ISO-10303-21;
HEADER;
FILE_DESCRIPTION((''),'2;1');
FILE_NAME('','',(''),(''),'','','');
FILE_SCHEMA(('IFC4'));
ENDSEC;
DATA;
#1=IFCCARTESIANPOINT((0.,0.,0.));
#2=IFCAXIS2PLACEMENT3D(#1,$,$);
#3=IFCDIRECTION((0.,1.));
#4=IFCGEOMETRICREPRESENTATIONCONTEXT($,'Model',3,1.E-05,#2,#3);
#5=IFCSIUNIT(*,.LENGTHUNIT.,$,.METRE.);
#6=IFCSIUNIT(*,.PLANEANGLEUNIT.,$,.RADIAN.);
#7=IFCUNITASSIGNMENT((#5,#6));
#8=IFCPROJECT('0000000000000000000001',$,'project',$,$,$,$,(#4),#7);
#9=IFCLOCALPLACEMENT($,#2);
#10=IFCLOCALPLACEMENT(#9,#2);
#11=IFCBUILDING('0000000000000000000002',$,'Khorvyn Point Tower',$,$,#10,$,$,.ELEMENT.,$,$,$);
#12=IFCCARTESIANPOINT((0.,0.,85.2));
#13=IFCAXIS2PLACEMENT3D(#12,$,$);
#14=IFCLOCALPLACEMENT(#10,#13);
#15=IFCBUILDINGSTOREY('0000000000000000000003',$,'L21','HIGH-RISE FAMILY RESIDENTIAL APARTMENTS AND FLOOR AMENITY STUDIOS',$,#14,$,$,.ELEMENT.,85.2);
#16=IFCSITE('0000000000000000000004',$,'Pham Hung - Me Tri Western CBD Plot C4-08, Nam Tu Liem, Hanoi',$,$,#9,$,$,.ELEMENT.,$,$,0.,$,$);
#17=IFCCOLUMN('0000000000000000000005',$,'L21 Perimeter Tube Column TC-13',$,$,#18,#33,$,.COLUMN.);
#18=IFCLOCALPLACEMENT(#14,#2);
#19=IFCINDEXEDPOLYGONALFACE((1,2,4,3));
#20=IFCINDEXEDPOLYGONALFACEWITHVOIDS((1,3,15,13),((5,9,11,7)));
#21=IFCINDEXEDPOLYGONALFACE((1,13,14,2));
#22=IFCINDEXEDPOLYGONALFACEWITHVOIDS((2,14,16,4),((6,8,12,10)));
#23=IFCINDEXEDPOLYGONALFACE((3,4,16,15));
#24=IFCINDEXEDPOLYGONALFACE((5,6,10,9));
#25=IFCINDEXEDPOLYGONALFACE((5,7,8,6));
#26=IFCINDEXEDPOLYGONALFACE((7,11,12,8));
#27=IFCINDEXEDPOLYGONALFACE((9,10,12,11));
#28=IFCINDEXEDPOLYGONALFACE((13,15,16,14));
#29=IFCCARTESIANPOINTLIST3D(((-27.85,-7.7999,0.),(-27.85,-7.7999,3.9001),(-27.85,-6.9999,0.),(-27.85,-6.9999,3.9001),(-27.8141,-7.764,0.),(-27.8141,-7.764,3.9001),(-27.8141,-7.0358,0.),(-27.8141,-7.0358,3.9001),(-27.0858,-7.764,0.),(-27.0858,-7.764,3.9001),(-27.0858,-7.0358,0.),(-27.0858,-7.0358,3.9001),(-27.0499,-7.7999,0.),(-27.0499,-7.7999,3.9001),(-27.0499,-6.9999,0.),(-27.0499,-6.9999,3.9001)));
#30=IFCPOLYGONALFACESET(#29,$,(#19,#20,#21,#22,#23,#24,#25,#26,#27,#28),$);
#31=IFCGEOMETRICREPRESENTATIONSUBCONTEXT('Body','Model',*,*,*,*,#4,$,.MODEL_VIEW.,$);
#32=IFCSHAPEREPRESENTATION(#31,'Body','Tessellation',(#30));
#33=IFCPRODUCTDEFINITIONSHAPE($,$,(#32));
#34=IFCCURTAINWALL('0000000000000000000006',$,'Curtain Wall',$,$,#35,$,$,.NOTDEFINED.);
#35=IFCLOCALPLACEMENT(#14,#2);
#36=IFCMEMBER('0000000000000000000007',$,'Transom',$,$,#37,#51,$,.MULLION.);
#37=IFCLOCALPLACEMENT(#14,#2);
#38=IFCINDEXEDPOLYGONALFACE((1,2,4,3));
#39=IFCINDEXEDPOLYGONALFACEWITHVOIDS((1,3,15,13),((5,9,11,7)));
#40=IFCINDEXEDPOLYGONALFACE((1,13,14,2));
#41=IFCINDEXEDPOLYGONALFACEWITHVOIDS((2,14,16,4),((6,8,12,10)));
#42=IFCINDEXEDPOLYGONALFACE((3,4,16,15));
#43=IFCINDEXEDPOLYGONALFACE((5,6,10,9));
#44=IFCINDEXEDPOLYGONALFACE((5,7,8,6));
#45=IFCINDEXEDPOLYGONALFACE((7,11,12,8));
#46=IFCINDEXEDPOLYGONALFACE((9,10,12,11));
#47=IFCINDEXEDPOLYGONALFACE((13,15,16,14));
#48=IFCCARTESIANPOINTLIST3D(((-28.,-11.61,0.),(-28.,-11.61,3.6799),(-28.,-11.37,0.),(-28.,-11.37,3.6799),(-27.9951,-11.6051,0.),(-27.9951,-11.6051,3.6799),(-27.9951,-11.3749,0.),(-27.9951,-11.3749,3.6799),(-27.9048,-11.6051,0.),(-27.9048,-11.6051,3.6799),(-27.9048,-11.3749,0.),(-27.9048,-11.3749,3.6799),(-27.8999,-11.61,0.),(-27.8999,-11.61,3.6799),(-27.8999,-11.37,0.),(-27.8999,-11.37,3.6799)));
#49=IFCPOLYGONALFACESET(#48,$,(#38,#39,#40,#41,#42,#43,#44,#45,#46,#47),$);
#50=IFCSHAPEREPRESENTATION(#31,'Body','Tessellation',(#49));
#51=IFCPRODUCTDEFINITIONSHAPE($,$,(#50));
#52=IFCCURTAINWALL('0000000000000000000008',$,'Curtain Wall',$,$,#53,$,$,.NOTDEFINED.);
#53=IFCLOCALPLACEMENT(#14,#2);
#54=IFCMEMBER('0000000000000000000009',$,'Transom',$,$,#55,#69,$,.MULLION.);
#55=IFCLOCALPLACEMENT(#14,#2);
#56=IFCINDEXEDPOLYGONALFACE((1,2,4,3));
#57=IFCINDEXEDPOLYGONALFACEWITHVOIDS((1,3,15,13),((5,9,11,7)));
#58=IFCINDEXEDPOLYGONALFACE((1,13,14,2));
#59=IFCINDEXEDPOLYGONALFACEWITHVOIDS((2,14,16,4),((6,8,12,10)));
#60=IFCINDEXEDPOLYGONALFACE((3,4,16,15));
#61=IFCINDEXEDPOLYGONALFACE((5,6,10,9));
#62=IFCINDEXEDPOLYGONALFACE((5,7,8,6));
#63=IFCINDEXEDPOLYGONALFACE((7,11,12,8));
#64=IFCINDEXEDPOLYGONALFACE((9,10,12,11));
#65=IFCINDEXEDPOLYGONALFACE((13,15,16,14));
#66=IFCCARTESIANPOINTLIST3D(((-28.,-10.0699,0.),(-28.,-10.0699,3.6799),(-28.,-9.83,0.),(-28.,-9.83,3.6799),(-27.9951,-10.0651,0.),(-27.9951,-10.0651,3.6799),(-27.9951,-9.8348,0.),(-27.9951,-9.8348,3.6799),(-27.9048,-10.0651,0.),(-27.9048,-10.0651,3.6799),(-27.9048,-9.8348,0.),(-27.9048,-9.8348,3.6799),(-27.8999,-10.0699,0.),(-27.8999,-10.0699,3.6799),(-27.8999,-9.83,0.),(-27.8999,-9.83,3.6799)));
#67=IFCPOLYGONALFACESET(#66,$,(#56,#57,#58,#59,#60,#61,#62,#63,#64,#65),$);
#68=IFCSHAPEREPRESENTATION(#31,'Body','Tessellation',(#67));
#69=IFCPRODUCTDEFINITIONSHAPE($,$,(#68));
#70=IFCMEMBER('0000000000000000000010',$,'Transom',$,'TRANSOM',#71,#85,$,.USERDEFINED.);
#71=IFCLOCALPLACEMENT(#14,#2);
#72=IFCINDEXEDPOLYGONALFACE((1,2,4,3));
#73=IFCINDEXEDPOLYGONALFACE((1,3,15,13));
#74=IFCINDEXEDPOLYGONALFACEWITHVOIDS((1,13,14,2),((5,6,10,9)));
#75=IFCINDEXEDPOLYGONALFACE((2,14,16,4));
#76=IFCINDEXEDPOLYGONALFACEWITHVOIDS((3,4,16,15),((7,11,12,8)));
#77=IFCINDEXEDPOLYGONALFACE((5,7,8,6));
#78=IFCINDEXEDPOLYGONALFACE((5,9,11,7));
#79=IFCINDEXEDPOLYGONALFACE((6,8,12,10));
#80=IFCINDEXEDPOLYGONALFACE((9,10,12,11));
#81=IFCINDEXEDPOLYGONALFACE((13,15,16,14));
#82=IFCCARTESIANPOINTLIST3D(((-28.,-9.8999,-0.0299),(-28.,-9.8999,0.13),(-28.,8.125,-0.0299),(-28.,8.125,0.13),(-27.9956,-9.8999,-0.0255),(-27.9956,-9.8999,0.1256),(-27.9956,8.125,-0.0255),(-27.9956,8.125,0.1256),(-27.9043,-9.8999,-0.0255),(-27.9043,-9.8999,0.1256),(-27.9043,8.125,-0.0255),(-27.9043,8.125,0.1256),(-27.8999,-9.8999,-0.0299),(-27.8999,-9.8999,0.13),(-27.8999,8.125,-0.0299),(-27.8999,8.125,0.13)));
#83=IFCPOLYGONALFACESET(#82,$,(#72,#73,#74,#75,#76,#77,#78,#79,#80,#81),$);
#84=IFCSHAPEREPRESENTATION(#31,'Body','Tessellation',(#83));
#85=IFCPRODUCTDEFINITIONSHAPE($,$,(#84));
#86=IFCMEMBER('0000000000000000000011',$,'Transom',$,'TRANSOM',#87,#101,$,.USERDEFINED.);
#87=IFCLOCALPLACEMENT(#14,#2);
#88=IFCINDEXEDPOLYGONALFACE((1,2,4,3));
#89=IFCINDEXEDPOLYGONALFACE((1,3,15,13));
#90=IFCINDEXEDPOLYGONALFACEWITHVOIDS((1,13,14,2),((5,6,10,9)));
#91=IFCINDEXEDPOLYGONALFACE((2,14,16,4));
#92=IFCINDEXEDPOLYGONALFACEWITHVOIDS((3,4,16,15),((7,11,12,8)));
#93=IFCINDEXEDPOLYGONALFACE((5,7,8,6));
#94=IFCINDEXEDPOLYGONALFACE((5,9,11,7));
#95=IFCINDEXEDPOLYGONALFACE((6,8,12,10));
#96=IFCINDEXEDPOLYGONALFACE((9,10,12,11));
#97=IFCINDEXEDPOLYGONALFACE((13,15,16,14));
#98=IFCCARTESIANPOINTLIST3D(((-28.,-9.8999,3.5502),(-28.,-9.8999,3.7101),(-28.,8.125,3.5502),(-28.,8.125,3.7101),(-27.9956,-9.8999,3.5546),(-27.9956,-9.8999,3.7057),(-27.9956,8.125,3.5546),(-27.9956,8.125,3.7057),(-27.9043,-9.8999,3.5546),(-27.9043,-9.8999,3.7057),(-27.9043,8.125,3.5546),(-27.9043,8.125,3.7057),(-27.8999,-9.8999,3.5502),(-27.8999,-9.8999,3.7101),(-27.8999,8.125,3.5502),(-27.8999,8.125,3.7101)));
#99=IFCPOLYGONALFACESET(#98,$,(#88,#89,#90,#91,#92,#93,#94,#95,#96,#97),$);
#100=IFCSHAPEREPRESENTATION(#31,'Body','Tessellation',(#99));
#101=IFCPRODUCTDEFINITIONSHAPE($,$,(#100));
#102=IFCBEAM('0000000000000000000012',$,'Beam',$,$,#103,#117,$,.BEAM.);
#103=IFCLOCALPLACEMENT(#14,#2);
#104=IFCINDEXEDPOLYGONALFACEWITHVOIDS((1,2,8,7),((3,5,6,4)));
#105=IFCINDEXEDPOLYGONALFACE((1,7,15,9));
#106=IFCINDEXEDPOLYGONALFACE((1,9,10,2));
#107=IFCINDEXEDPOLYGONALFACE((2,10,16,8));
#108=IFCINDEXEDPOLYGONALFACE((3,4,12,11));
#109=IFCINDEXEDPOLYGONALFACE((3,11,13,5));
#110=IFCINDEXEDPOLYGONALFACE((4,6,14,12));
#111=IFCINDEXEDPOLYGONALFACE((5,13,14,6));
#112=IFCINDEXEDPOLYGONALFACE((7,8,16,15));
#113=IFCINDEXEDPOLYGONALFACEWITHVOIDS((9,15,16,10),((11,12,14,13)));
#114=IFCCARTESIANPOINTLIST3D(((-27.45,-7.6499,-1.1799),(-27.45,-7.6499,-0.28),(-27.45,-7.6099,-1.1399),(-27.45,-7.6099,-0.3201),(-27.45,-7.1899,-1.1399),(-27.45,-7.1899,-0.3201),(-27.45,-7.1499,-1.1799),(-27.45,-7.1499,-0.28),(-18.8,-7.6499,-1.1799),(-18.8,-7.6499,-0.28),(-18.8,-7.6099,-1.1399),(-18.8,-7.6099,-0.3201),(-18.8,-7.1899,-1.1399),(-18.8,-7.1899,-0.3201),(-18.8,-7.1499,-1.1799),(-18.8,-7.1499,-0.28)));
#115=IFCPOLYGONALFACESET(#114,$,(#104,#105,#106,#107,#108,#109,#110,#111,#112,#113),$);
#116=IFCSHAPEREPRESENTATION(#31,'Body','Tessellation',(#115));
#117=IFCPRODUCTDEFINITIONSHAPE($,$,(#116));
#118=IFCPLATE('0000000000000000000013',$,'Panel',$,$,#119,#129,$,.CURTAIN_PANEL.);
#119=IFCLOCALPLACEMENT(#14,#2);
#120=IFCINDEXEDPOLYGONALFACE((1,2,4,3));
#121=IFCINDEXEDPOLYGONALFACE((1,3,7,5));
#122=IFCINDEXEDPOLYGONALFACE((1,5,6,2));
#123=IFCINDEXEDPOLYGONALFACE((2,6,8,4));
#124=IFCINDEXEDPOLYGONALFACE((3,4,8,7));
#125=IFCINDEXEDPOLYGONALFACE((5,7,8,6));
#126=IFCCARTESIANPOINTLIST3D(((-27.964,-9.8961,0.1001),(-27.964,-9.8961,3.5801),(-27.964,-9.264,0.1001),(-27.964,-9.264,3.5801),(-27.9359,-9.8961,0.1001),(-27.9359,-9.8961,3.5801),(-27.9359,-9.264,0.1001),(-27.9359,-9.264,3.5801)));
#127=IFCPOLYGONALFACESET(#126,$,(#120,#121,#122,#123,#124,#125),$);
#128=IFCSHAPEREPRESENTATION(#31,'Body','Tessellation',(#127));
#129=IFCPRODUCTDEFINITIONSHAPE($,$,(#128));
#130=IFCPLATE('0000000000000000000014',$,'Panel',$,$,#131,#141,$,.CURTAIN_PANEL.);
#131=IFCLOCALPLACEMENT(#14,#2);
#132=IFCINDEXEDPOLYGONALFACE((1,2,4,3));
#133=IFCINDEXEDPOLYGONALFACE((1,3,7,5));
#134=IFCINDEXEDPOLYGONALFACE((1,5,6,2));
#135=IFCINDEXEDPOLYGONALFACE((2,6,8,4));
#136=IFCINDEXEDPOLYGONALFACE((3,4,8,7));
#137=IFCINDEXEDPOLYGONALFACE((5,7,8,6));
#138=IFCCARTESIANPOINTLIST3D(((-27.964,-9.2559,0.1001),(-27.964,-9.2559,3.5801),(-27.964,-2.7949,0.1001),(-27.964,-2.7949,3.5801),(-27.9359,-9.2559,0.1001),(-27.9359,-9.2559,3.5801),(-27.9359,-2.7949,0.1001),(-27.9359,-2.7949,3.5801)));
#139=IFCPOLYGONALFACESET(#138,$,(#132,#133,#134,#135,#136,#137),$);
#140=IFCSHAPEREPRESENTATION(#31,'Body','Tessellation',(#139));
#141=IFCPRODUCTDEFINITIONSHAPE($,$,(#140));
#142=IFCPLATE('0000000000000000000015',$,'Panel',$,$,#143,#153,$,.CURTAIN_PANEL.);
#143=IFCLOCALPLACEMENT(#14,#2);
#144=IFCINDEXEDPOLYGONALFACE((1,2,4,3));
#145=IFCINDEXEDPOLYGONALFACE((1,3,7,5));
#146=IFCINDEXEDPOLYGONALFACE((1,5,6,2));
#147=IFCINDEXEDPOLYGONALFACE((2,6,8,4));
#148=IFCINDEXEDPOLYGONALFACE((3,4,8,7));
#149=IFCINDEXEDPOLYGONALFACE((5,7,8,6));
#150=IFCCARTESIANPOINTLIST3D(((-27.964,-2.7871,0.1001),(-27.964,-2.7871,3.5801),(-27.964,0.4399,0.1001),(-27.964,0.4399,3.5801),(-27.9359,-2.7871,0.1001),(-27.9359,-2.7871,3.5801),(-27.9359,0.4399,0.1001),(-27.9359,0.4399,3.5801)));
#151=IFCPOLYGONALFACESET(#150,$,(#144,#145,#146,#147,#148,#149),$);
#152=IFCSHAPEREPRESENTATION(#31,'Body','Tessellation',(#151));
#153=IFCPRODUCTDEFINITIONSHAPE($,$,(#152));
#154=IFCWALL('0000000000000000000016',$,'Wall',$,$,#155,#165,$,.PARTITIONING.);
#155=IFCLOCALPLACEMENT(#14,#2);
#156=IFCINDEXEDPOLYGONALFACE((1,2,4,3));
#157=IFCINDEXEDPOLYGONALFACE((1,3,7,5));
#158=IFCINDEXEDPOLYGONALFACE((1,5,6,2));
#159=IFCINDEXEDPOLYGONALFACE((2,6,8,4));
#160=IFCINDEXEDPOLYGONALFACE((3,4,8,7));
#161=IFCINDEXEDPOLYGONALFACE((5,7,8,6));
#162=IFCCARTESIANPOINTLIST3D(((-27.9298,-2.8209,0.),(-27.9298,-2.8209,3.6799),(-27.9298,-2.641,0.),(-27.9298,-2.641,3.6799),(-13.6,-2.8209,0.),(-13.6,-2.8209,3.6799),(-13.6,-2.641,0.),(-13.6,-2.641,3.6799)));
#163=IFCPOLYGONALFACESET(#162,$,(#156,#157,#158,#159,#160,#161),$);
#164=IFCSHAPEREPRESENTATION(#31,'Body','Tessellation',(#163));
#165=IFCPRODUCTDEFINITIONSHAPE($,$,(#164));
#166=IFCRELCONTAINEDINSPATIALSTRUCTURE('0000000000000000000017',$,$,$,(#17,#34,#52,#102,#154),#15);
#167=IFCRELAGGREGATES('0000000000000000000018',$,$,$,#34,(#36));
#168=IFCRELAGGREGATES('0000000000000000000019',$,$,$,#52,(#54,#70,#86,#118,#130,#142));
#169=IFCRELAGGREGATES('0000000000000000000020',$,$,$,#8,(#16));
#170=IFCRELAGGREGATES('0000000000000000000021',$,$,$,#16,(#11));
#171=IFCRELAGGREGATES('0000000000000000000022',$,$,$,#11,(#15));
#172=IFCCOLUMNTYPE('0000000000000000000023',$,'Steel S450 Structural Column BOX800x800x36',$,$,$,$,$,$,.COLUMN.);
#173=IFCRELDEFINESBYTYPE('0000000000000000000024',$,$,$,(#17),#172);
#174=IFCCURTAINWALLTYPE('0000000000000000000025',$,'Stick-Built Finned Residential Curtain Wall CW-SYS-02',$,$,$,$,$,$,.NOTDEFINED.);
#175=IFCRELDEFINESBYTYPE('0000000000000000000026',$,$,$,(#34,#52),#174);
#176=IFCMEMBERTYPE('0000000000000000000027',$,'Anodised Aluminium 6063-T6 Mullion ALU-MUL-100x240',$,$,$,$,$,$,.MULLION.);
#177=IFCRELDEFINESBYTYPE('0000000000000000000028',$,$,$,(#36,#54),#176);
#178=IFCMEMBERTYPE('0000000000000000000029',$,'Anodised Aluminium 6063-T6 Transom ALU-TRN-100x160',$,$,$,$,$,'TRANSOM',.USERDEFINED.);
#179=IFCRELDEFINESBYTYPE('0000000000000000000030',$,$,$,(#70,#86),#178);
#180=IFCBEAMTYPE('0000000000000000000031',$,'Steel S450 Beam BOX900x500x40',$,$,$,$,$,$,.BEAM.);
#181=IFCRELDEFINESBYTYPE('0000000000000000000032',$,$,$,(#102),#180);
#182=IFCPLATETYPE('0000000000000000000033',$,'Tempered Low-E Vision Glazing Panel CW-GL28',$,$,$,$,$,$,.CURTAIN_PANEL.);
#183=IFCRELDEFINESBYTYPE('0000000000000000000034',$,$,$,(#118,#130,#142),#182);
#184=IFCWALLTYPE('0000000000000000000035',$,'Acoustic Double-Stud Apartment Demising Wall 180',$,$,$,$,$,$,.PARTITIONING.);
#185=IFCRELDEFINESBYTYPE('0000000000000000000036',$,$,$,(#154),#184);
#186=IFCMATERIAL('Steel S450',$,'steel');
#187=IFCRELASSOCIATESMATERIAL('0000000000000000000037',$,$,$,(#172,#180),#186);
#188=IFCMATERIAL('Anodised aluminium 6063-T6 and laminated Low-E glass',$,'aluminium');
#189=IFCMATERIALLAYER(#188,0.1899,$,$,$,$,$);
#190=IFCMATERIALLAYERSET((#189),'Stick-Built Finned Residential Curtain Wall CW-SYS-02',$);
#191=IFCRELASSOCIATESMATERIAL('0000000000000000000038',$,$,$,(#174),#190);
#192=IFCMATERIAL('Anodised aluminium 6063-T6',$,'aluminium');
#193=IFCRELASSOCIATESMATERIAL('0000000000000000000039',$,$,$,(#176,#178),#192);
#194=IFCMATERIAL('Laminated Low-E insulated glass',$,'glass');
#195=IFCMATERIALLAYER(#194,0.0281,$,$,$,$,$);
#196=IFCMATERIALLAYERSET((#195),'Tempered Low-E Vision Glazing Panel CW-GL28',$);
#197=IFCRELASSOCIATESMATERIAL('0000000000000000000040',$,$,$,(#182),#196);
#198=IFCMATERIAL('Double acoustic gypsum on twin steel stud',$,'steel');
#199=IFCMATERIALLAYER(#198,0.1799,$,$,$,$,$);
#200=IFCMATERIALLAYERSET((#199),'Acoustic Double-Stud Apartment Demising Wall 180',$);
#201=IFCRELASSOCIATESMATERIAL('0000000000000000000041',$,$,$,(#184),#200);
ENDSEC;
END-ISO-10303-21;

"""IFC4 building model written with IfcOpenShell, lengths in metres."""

from ifc_helpers import new_model, si_unit, direction, frame, frame_2d, origin, origin_2d, place, context, subcontext, project, spatial, rectangle, hollow_rectangle, extrude, material, layer, layer_set, material_profile, profile_set, type_object, element, aggregate, save


model = new_model("IFC4")

# Units and contexts
model_context = context("Model", 3, precision=1e-05, world=origin(), true_north=direction((0.0, 1.0)))
body_context = subcontext(model_context, "Body", "Model", "MODEL_VIEW")
ifc_project = project(units=[si_unit("LENGTHUNIT", "METRE"), si_unit("PLANEANGLEUNIT", "RADIAN")], contexts=[model_context])

# Site, building, storey
site_placement = place(None, origin())
site = spatial("IfcSite", under=ifc_project, at=site_placement, Name="Pham Hung - Me Tri Western CBD Plot C4-08, Nam Tu Liem, Hanoi", CompositionType="ELEMENT", RefElevation=0.0)
building_placement = place(site_placement, origin())
building = spatial("IfcBuilding", under=site, at=building_placement, Name="Khorvyn Point Tower", CompositionType="ELEMENT")
storey_placement = place(building_placement, frame((0.0, 0.0, 85.2)))
storey = spatial("IfcBuildingStorey", under=building, at=storey_placement, Name="L21", Description="HIGH-RISE FAMILY RESIDENTIAL APARTMENTS AND FLOOR AMENITY STUDIOS", CompositionType="ELEMENT", Elevation=85.2)

# Column
ifc_material_1 = material(Name="Steel S450", Category="steel")
ifc_material_profile_1 = material_profile(ifc_material_1, hollow_rectangle(XDim=0.8, YDim=0.8, WallThickness=0.0359, at=origin_2d()))
ifc_profile_set_1 = profile_set([ifc_material_profile_1], Name="Steel S450 BOX800x800x36")
column_type = type_object("IfcColumnType", Name="Steel S450 Structural Column BOX800x800x36", PredefinedType="COLUMN", material=ifc_profile_set_1)
column_placement = place(storey_placement, frame((-27.45, -7.3999, 0.0), z_axis=(0.0, 0.0, 1.0), x_axis=(1.0, 0.0, 0.0)))
element("IfcColumn", 1, at=column_placement, inside=storey, type_object=column_type, Name="L21 Perimeter Tube Column TC-13", PredefinedType="COLUMN", context=body_context, shape_type="SweptSolid", body=[
    extrude(hollow_rectangle(XDim=0.8, YDim=0.8, WallThickness=0.0359, at=origin_2d()), origin(), (0.0, 0.0, 1.0), 3.9001),
])

# Curtain wall, member
ifc_material_2 = material(Name="Anodised aluminium 6063-T6 and laminated Low-E glass", Category="aluminium")
ifc_layer_1 = layer(ifc_material_2, 0.1899)
ifc_layer_set_1 = layer_set([ifc_layer_1], Name="Stick-Built Finned Residential Curtain Wall CW-SYS-02")
curtain_wall_type = type_object("IfcCurtainWallType", Name="Stick-Built Finned Residential Curtain Wall CW-SYS-02", PredefinedType="NOTDEFINED", material=ifc_layer_set_1)
curtain_wall_1_placement = place(storey_placement, origin())
curtain_wall_1 = element("IfcCurtainWall", 2, at=curtain_wall_1_placement, inside=storey, type_object=curtain_wall_type, Name="Curtain Wall", PredefinedType="NOTDEFINED")
ifc_material_3 = material(Name="Anodised aluminium 6063-T6", Category="aluminium")
ifc_material_profile_2 = material_profile(ifc_material_3, hollow_rectangle(XDim=0.1001, YDim=0.24, WallThickness=0.0049, at=origin_2d()))
ifc_profile_set_2 = profile_set([ifc_material_profile_2], Name="Anodised aluminium 6063-T6 ALU-MUL-100x240")
member_type_1 = type_object("IfcMemberType", Name="Anodised Aluminium 6063-T6 Mullion ALU-MUL-100x240", PredefinedType="MULLION", material=ifc_profile_set_2)
member_1_placement = place(storey_placement, frame((-27.95, -11.49, 0.0), z_axis=(0.0, 0.0, 1.0), x_axis=(-1.0, 0.0, 0.0)))
member_1 = element("IfcMember", 3, at=member_1_placement, type_object=member_type_1, Name="Transom", PredefinedType="MULLION", context=body_context, shape_type="SweptSolid", body=[
    extrude(hollow_rectangle(XDim=0.1001, YDim=0.24, WallThickness=0.0049, at=origin_2d()), origin(), (0.0, 0.0, 1.0), 3.6799),
])
aggregate(curtain_wall_1, [member_1])

# Curtain wall, members
curtain_wall_2_placement = place(storey_placement, origin())
curtain_wall_2 = element("IfcCurtainWall", 4, at=curtain_wall_2_placement, inside=storey, type_object=curtain_wall_type, Name="Curtain Wall", PredefinedType="NOTDEFINED")
member_2_placement = place(storey_placement, frame((-27.95, -9.95, 0.0), z_axis=(0.0, 0.0, 1.0), x_axis=(-1.0, 0.0, 0.0)))
member_2 = element("IfcMember", 5, at=member_2_placement, type_object=member_type_1, Name="Transom", PredefinedType="MULLION", context=body_context, shape_type="SweptSolid", body=[
    extrude(hollow_rectangle(XDim=0.1001, YDim=0.24, WallThickness=0.0049, at=origin_2d()), origin(), (0.0, 0.0, 1.0), 3.6799),
])
ifc_material_profile_3 = material_profile(ifc_material_3, hollow_rectangle(XDim=0.1001, YDim=0.1599, WallThickness=0.0044, at=origin_2d()))
ifc_profile_set_3 = profile_set([ifc_material_profile_3], Name="Anodised aluminium 6063-T6 ALU-TRN-100x160")
member_type_2 = type_object("IfcMemberType", Name="Anodised Aluminium 6063-T6 Transom ALU-TRN-100x160", ElementType="TRANSOM", PredefinedType="USERDEFINED", material=ifc_profile_set_3)
member_3_placement = place(storey_placement, frame((-27.95, -9.8999, 0.05), z_axis=(0.0, 1.0, 0.0), x_axis=(-1.0, 0.0, 0.0)))
member_3 = element("IfcMember", 6, at=member_3_placement, type_object=member_type_2, Name="Transom", ObjectType="TRANSOM", PredefinedType="USERDEFINED", context=body_context, shape_type="SweptSolid", body=[
    extrude(hollow_rectangle(XDim=0.1001, YDim=0.1599, WallThickness=0.0044, at=origin_2d()), origin(), (0.0, 0.0, 1.0), 18.0249),
])
member_4_placement = place(storey_placement, frame((-27.95, -9.8999, 3.6301), z_axis=(0.0, 1.0, 0.0), x_axis=(-1.0, 0.0, 0.0)))
member_4 = element("IfcMember", 7, at=member_4_placement, type_object=member_type_2, Name="Transom", ObjectType="TRANSOM", PredefinedType="USERDEFINED", context=body_context, shape_type="SweptSolid", body=[
    extrude(hollow_rectangle(XDim=0.1001, YDim=0.1599, WallThickness=0.0044, at=origin_2d()), origin(), (0.0, 0.0, 1.0), 18.0249),
])

# Beam
ifc_material_profile_4 = material_profile(ifc_material_1, hollow_rectangle(XDim=0.5, YDim=0.8999, WallThickness=0.04, at=origin_2d()))
ifc_profile_set_4 = profile_set([ifc_material_profile_4], Name="Steel S450 BOX900x500x40")
beam_type = type_object("IfcBeamType", Name="Steel S450 Beam BOX900x500x40", PredefinedType="BEAM", material=ifc_profile_set_4)
beam_placement = place(storey_placement, frame((-27.45, -7.3999, -0.73), z_axis=(1.0, 0.0, 0.0), x_axis=(0.0, 1.0, 0.0)))
element("IfcBeam", 8, at=beam_placement, inside=storey, type_object=beam_type, Name="Beam", PredefinedType="BEAM", context=body_context, shape_type="SweptSolid", body=[
    extrude(hollow_rectangle(XDim=0.5, YDim=0.8999, WallThickness=0.04, at=origin_2d()), origin(), (0.0, 0.0, 1.0), 8.6499),
])

# Plates
ifc_material_4 = material(Name="Laminated Low-E insulated glass", Category="glass")
ifc_layer_2 = layer(ifc_material_4, 0.0281)
ifc_layer_set_2 = layer_set([ifc_layer_2], Name="Tempered Low-E Vision Glazing Panel CW-GL28")
plate_type = type_object("IfcPlateType", Name="Tempered Low-E Vision Glazing Panel CW-GL28", PredefinedType="CURTAIN_PANEL", material=ifc_layer_set_2)
plate_1_placement = place(storey_placement, frame((-27.95, -9.5801, 0.1001), z_axis=(0.0, 0.0, 1.0), x_axis=(0.0, 1.0, 0.0)))
plate_1 = element("IfcPlate", 9, at=plate_1_placement, type_object=plate_type, Name="Panel", PredefinedType="CURTAIN_PANEL", context=body_context, shape_type="SweptSolid", body=[
    extrude(rectangle(XDim=0.6321, YDim=0.0281, at=origin_2d()), origin(), (0.0, 0.0, 1.0), 3.48),
])
plate_2_placement = place(storey_placement, frame((-27.95, -6.0254, 0.1001), z_axis=(0.0, 0.0, 1.0), x_axis=(0.0, 1.0, 0.0)))
plate_2 = element("IfcPlate", 10, at=plate_2_placement, type_object=plate_type, Name="Panel", PredefinedType="CURTAIN_PANEL", context=body_context, shape_type="SweptSolid", body=[
    extrude(rectangle(XDim=6.4609, YDim=0.0281, at=origin_2d()), origin(), (0.0, 0.0, 1.0), 3.48),
])
plate_3_placement = place(storey_placement, frame((-27.95, -1.1736, 0.1001), z_axis=(0.0, 0.0, 1.0), x_axis=(0.0, 1.0, 0.0)))
plate_3 = element("IfcPlate", 11, at=plate_3_placement, type_object=plate_type, Name="Panel", PredefinedType="CURTAIN_PANEL", context=body_context, shape_type="SweptSolid", body=[
    extrude(rectangle(XDim=3.2271, YDim=0.0281, at=origin_2d()), origin(), (0.0, 0.0, 1.0), 3.48),
])
aggregate(curtain_wall_2, [member_2, member_3, member_4, plate_1, plate_2, plate_3])

# Wall
ifc_material_5 = material(Name="Double acoustic gypsum on twin steel stud", Category="steel")
ifc_layer_3 = layer(ifc_material_5, 0.1799)
ifc_layer_set_3 = layer_set([ifc_layer_3], Name="Acoustic Double-Stud Apartment Demising Wall 180")
wall_type_1 = type_object("IfcWallType", Name="Acoustic Double-Stud Apartment Demising Wall 180", PredefinedType="PARTITIONING", material=ifc_layer_set_3)
wall_1_placement = place(storey_placement, frame((-27.9299, -2.731, 0.0), z_axis=(0.0, 0.0, 1.0), x_axis=(1.0, 0.0, 0.0)))
element("IfcWall", 12, at=wall_1_placement, inside=storey, type_object=wall_type_1, Name="Wall", PredefinedType="PARTITIONING", context=body_context, shape_type="SweptSolid", body=[
    extrude(rectangle(XDim=14.3298, YDim=0.1799, at=frame_2d((7.165, 0.0))), origin(), (0.0, 0.0, 1.0), 3.6799),
])

save(model, "model.ifc")
